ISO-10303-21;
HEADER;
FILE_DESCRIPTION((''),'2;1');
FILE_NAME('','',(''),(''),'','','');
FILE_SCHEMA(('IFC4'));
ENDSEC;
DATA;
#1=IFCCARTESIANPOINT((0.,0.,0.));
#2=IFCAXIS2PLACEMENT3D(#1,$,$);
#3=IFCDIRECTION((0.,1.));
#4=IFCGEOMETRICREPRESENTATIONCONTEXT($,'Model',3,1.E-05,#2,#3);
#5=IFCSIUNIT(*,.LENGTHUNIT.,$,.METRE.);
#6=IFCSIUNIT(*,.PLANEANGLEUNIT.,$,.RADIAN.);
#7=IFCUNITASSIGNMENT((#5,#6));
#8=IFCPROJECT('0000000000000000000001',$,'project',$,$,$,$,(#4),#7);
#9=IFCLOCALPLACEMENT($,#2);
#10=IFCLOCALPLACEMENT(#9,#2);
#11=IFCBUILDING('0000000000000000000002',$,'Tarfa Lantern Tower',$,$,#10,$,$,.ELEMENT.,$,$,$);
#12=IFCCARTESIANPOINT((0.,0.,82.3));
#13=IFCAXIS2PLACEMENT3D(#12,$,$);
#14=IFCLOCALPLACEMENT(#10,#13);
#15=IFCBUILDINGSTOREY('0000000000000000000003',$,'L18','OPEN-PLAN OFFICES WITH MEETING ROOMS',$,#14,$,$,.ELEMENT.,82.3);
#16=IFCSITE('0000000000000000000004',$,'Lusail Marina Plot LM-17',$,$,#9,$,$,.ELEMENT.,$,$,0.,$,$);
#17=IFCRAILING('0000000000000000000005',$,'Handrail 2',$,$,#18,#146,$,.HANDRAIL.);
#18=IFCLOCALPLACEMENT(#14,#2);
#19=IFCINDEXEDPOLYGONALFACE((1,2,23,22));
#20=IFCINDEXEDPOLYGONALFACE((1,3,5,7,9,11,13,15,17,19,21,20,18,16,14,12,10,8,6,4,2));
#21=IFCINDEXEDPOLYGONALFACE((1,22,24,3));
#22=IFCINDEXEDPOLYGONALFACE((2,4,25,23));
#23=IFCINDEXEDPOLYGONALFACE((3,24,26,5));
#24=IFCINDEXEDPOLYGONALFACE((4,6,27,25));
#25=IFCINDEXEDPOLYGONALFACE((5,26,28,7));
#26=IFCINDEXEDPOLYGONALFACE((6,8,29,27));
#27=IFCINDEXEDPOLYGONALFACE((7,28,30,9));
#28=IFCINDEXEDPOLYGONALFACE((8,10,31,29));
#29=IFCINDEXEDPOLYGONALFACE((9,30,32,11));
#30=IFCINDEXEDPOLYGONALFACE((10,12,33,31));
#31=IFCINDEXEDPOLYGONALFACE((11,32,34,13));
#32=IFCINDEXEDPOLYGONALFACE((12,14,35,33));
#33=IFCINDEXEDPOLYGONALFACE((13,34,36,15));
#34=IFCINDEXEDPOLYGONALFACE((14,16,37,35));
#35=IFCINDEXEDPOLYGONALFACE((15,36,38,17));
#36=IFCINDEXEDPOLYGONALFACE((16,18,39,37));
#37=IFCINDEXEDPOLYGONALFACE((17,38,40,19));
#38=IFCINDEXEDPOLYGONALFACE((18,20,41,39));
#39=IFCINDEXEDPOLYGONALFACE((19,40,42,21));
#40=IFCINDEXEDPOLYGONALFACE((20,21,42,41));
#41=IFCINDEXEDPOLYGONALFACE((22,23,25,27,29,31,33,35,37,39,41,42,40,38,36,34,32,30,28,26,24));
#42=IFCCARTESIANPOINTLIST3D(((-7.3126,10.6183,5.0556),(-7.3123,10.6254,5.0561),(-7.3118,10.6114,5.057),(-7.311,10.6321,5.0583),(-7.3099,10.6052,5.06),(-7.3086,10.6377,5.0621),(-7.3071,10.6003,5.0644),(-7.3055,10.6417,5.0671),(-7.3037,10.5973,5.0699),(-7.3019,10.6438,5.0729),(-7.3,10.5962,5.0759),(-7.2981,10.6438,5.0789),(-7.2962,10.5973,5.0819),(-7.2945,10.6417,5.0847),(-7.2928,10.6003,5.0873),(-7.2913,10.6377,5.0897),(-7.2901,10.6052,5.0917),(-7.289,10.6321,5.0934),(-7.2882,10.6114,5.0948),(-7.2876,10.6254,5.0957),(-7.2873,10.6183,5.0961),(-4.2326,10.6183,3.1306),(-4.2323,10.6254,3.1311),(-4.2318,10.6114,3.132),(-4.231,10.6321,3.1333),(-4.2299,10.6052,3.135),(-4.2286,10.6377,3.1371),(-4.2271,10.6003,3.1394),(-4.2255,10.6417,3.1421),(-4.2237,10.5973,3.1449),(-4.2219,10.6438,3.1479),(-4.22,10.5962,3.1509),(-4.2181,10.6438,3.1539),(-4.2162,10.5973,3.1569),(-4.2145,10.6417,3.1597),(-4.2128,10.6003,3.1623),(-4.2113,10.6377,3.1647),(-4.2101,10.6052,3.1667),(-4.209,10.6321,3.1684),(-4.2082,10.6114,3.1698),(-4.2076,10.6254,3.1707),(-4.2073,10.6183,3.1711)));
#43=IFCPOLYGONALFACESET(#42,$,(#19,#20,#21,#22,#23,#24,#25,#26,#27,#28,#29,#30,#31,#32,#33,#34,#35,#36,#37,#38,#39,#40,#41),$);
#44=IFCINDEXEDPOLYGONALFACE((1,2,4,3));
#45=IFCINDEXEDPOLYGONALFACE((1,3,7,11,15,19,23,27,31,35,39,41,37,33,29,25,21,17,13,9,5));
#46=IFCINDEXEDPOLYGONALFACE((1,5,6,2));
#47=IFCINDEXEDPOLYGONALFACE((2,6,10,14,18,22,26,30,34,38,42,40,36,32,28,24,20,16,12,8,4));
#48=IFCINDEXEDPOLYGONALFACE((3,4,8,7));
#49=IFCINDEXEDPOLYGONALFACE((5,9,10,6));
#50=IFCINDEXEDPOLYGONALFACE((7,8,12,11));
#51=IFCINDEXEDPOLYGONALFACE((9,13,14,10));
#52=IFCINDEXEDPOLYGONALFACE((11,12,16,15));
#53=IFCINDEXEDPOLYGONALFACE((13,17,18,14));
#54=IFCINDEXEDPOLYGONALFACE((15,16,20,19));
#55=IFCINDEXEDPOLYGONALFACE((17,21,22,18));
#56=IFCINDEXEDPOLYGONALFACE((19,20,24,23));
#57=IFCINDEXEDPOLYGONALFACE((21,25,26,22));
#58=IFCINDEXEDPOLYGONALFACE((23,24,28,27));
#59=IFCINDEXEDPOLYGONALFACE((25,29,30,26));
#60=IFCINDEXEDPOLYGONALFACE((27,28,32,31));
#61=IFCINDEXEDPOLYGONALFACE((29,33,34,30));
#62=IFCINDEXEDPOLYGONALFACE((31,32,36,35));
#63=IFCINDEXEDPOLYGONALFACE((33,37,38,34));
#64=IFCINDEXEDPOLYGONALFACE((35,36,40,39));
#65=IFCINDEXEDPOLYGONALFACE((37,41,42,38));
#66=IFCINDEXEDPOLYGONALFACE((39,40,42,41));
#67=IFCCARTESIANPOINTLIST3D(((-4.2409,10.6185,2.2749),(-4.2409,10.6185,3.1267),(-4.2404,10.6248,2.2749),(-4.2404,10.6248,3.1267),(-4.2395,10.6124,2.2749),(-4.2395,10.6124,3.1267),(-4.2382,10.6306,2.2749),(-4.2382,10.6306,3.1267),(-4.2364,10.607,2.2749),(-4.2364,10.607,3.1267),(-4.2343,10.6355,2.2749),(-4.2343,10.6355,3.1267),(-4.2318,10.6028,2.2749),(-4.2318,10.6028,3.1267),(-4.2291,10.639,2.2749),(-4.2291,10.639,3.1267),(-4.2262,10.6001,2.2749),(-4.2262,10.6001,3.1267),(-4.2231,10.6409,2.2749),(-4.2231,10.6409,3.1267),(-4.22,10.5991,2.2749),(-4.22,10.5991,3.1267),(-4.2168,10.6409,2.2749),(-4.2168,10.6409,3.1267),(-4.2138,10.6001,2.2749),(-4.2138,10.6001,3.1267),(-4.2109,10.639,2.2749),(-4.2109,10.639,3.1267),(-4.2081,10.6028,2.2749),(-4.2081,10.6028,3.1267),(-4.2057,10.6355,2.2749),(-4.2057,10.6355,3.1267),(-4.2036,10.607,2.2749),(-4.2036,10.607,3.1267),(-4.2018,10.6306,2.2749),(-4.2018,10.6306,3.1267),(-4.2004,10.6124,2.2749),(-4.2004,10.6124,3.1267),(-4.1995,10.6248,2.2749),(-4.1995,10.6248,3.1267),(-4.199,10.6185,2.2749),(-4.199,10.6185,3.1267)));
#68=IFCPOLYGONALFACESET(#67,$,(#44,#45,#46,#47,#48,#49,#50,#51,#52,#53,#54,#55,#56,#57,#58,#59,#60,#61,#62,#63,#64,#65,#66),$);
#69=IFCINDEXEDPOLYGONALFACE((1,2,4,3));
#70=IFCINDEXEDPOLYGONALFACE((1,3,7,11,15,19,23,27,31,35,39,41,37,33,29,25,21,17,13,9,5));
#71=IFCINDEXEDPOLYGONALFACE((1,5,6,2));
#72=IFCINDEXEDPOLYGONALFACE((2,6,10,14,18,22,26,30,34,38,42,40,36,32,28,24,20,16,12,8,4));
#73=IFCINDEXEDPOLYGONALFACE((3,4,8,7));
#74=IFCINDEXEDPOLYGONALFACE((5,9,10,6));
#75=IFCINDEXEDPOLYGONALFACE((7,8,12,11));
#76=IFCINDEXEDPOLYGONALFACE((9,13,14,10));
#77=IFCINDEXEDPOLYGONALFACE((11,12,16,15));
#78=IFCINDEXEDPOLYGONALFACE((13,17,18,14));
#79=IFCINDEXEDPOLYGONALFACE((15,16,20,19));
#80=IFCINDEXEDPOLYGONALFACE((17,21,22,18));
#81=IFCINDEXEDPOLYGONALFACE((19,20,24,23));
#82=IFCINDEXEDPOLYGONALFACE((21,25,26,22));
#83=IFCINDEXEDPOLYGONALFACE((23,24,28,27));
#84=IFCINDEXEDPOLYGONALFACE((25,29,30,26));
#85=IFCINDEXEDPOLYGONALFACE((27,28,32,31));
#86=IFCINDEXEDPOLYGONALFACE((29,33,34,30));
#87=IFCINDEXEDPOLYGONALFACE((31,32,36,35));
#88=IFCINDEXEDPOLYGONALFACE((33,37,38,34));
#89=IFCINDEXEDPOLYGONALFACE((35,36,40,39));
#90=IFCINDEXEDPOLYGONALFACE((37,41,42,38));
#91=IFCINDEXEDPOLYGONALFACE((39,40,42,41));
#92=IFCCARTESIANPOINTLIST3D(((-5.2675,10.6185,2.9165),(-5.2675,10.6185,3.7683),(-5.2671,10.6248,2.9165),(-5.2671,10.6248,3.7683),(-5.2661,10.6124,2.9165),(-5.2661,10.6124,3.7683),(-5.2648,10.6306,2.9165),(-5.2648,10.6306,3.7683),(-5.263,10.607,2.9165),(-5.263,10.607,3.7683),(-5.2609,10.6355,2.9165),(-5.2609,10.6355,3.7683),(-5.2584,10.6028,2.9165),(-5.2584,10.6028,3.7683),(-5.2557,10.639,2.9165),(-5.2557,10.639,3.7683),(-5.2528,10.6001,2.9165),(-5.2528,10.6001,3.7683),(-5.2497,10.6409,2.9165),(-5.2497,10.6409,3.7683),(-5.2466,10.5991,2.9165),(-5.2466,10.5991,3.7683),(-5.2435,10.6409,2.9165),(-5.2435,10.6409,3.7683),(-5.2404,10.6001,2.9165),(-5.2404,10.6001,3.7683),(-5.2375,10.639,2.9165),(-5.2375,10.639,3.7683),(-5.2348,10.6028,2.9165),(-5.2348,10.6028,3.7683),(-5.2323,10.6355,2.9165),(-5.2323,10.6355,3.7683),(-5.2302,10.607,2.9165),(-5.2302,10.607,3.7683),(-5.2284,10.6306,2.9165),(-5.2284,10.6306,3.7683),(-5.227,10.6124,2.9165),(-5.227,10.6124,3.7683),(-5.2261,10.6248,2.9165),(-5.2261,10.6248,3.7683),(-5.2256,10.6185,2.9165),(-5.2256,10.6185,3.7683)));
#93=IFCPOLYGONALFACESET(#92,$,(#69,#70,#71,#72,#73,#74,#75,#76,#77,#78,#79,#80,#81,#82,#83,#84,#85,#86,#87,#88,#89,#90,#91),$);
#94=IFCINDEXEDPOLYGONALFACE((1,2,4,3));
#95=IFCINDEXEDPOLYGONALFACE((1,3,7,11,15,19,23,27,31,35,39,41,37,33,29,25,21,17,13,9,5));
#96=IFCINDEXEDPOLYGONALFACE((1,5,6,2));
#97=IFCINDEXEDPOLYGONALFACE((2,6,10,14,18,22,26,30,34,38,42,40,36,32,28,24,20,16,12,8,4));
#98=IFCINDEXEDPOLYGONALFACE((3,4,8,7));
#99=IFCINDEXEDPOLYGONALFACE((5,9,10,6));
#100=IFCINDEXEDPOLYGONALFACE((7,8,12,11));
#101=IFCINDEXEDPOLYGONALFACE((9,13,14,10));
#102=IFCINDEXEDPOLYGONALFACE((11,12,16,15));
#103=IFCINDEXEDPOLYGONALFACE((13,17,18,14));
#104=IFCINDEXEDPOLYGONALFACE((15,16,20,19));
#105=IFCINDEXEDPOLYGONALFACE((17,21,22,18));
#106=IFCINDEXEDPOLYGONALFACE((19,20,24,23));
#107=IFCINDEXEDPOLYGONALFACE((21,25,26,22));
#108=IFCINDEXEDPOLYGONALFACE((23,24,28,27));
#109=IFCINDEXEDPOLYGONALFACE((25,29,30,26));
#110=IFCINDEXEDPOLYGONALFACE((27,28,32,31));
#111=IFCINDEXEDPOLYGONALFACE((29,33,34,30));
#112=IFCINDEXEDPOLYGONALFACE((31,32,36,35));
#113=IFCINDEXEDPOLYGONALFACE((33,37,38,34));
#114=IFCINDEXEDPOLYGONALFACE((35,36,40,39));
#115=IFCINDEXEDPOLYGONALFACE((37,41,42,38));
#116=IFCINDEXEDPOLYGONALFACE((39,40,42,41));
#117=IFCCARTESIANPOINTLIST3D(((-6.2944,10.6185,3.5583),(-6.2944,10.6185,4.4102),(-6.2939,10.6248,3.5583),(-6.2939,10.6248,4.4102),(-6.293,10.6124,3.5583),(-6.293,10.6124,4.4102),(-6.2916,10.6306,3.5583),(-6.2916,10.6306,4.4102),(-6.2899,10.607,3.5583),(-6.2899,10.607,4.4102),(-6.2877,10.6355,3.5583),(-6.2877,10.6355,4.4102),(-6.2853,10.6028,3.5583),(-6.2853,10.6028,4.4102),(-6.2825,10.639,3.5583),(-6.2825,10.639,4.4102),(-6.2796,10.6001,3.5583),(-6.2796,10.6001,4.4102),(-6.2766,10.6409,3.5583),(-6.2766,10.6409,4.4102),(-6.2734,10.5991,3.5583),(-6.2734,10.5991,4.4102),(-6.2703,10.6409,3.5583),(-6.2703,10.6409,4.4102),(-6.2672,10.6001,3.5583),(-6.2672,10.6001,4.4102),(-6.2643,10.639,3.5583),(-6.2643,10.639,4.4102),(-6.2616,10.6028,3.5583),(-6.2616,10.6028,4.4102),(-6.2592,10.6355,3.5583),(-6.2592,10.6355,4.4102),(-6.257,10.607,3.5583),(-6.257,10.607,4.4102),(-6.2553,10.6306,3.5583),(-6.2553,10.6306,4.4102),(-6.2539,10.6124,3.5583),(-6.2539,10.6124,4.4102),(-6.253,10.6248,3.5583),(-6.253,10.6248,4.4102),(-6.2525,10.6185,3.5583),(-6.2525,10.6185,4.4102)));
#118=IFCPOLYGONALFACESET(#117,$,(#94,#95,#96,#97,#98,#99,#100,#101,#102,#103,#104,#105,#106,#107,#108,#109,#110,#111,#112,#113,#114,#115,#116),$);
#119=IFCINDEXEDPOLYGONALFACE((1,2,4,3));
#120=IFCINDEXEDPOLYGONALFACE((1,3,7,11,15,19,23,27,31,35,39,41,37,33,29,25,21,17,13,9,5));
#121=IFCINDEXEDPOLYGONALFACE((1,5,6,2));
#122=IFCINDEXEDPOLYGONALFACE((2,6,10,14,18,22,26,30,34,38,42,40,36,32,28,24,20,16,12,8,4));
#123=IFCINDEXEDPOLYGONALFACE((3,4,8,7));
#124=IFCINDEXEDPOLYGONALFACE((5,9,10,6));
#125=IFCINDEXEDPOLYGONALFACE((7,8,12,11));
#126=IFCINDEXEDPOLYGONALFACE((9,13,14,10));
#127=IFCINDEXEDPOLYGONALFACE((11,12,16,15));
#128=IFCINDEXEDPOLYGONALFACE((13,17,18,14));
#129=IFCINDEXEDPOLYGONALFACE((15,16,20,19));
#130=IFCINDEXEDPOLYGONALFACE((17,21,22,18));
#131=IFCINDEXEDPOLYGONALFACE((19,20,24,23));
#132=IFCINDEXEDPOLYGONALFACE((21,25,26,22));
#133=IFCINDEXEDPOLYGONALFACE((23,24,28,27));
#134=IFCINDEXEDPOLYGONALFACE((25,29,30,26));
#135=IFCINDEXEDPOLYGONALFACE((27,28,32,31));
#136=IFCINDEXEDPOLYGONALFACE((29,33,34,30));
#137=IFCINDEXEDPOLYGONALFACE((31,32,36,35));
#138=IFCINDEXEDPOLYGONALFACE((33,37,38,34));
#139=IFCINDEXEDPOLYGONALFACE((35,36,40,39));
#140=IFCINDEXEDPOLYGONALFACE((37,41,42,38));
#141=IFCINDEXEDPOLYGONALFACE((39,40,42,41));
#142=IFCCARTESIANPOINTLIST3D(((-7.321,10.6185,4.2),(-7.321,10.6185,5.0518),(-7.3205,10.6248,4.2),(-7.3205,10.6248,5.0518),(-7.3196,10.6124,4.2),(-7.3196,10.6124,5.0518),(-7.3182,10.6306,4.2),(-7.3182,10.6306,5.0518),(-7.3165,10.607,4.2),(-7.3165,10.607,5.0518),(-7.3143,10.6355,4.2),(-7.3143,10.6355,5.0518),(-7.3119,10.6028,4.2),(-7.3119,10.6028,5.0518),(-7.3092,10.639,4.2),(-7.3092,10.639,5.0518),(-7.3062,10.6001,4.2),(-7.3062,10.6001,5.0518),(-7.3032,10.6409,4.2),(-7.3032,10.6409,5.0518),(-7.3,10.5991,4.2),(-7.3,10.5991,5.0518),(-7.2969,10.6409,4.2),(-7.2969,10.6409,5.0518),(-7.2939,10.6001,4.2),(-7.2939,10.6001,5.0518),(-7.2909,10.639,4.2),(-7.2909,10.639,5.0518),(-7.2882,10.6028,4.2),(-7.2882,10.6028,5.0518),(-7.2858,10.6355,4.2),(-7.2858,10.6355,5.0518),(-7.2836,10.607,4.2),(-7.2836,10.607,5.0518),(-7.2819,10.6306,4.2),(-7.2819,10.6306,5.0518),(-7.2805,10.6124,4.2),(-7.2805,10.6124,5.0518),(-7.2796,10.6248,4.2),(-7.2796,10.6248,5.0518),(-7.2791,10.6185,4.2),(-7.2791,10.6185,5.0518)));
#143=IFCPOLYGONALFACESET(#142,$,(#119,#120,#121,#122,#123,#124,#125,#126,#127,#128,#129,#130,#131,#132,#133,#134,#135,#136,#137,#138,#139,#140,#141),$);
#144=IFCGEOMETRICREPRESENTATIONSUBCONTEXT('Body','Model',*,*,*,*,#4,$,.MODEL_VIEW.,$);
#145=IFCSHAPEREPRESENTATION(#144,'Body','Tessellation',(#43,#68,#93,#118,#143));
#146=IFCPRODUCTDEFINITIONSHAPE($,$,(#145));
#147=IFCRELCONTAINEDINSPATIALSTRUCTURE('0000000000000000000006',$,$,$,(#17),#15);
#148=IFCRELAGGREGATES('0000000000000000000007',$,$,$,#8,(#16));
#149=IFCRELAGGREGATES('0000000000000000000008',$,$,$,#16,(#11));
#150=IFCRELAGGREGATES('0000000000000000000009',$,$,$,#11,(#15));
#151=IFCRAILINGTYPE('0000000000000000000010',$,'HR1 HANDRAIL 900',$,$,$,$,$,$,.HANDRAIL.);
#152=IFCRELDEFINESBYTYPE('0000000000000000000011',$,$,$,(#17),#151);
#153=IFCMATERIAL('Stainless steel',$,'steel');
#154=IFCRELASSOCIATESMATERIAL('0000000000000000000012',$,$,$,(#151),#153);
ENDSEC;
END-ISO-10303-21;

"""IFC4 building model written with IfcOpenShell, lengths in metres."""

from ifc_helpers import new_model, si_unit, direction, frame, origin, origin_2d, place, context, subcontext, project, spatial, circle, extrude, material, type_object, element, save


model = new_model("IFC4")

# Units and contexts
model_context = context("Model", 3, precision=1e-05, world=origin(), true_north=direction((0.0, 1.0)))
body_context = subcontext(model_context, "Body", "Model", "MODEL_VIEW")
ifc_project = project(units=[si_unit("LENGTHUNIT", "METRE"), si_unit("PLANEANGLEUNIT", "RADIAN")], contexts=[model_context])

# Site, building, storey
site_placement = place(None, origin())
site = spatial("IfcSite", under=ifc_project, at=site_placement, Name="Lusail Marina Plot LM-17", CompositionType="ELEMENT", RefElevation=0.0)
building_placement = place(site_placement, origin())
building = spatial("IfcBuilding", under=site, at=building_placement, Name="Tarfa Lantern Tower", CompositionType="ELEMENT")
storey_placement = place(building_placement, frame((0.0, 0.0, 82.3)))
storey = spatial("IfcBuildingStorey", under=building, at=storey_placement, Name="L18", Description="OPEN-PLAN OFFICES WITH MEETING ROOMS", CompositionType="ELEMENT", Elevation=82.3)

# Railing
ifc_material_1 = material(Name="Stainless steel", Category="steel")
railing_type = type_object("IfcRailingType", Name="HR1 HANDRAIL 900", PredefinedType="HANDRAIL", material=ifc_material_1)
railing_1_placement = place(storey_placement, frame((-4.22, 10.6201, 2.2749)))
element("IfcRailing", 1, at=railing_1_placement, inside=storey, type_object=railing_type, Name="Handrail 2", PredefinedType="HANDRAIL", context=body_context, shape_type="SweptSolid", body=[
    extrude(circle(Radius=0.0239, at=origin_2d()), frame((0.0, 0.0, 0.876), z_axis=(-0.847998, 0.0, 0.529999), x_axis=(0.0, -1.0, 0.0)), (0.0, 0.0, 1.0), 3.6321),
    extrude(circle(Radius=0.021, at=origin_2d()), frame((0.0, 0.0, 0.0), z_axis=(0.0, 0.0, 1.0), x_axis=(0.0, -1.0, 0.0)), (0.0, 0.0, 1.0), 0.8518),
    extrude(circle(Radius=0.021, at=origin_2d()), frame((-1.0266, 0.0, 0.6416), z_axis=(0.0, 0.0, 1.0), x_axis=(0.0, -1.0, 0.0)), (0.0, 0.0, 1.0), 0.8518),
    extrude(circle(Radius=0.021, at=origin_2d()), frame((-2.0535, 0.0, 1.2834), z_axis=(0.0, 0.0, 1.0), x_axis=(0.0, -1.0, 0.0)), (0.0, 0.0, 1.0), 0.8518),
    extrude(circle(Radius=0.021, at=origin_2d()), frame((-3.0801, 0.0, 1.925), z_axis=(0.0, 0.0, 1.0), x_axis=(0.0, -1.0, 0.0)), (0.0, 0.0, 1.0), 0.8518),
])

save(model, "model.ifc")
